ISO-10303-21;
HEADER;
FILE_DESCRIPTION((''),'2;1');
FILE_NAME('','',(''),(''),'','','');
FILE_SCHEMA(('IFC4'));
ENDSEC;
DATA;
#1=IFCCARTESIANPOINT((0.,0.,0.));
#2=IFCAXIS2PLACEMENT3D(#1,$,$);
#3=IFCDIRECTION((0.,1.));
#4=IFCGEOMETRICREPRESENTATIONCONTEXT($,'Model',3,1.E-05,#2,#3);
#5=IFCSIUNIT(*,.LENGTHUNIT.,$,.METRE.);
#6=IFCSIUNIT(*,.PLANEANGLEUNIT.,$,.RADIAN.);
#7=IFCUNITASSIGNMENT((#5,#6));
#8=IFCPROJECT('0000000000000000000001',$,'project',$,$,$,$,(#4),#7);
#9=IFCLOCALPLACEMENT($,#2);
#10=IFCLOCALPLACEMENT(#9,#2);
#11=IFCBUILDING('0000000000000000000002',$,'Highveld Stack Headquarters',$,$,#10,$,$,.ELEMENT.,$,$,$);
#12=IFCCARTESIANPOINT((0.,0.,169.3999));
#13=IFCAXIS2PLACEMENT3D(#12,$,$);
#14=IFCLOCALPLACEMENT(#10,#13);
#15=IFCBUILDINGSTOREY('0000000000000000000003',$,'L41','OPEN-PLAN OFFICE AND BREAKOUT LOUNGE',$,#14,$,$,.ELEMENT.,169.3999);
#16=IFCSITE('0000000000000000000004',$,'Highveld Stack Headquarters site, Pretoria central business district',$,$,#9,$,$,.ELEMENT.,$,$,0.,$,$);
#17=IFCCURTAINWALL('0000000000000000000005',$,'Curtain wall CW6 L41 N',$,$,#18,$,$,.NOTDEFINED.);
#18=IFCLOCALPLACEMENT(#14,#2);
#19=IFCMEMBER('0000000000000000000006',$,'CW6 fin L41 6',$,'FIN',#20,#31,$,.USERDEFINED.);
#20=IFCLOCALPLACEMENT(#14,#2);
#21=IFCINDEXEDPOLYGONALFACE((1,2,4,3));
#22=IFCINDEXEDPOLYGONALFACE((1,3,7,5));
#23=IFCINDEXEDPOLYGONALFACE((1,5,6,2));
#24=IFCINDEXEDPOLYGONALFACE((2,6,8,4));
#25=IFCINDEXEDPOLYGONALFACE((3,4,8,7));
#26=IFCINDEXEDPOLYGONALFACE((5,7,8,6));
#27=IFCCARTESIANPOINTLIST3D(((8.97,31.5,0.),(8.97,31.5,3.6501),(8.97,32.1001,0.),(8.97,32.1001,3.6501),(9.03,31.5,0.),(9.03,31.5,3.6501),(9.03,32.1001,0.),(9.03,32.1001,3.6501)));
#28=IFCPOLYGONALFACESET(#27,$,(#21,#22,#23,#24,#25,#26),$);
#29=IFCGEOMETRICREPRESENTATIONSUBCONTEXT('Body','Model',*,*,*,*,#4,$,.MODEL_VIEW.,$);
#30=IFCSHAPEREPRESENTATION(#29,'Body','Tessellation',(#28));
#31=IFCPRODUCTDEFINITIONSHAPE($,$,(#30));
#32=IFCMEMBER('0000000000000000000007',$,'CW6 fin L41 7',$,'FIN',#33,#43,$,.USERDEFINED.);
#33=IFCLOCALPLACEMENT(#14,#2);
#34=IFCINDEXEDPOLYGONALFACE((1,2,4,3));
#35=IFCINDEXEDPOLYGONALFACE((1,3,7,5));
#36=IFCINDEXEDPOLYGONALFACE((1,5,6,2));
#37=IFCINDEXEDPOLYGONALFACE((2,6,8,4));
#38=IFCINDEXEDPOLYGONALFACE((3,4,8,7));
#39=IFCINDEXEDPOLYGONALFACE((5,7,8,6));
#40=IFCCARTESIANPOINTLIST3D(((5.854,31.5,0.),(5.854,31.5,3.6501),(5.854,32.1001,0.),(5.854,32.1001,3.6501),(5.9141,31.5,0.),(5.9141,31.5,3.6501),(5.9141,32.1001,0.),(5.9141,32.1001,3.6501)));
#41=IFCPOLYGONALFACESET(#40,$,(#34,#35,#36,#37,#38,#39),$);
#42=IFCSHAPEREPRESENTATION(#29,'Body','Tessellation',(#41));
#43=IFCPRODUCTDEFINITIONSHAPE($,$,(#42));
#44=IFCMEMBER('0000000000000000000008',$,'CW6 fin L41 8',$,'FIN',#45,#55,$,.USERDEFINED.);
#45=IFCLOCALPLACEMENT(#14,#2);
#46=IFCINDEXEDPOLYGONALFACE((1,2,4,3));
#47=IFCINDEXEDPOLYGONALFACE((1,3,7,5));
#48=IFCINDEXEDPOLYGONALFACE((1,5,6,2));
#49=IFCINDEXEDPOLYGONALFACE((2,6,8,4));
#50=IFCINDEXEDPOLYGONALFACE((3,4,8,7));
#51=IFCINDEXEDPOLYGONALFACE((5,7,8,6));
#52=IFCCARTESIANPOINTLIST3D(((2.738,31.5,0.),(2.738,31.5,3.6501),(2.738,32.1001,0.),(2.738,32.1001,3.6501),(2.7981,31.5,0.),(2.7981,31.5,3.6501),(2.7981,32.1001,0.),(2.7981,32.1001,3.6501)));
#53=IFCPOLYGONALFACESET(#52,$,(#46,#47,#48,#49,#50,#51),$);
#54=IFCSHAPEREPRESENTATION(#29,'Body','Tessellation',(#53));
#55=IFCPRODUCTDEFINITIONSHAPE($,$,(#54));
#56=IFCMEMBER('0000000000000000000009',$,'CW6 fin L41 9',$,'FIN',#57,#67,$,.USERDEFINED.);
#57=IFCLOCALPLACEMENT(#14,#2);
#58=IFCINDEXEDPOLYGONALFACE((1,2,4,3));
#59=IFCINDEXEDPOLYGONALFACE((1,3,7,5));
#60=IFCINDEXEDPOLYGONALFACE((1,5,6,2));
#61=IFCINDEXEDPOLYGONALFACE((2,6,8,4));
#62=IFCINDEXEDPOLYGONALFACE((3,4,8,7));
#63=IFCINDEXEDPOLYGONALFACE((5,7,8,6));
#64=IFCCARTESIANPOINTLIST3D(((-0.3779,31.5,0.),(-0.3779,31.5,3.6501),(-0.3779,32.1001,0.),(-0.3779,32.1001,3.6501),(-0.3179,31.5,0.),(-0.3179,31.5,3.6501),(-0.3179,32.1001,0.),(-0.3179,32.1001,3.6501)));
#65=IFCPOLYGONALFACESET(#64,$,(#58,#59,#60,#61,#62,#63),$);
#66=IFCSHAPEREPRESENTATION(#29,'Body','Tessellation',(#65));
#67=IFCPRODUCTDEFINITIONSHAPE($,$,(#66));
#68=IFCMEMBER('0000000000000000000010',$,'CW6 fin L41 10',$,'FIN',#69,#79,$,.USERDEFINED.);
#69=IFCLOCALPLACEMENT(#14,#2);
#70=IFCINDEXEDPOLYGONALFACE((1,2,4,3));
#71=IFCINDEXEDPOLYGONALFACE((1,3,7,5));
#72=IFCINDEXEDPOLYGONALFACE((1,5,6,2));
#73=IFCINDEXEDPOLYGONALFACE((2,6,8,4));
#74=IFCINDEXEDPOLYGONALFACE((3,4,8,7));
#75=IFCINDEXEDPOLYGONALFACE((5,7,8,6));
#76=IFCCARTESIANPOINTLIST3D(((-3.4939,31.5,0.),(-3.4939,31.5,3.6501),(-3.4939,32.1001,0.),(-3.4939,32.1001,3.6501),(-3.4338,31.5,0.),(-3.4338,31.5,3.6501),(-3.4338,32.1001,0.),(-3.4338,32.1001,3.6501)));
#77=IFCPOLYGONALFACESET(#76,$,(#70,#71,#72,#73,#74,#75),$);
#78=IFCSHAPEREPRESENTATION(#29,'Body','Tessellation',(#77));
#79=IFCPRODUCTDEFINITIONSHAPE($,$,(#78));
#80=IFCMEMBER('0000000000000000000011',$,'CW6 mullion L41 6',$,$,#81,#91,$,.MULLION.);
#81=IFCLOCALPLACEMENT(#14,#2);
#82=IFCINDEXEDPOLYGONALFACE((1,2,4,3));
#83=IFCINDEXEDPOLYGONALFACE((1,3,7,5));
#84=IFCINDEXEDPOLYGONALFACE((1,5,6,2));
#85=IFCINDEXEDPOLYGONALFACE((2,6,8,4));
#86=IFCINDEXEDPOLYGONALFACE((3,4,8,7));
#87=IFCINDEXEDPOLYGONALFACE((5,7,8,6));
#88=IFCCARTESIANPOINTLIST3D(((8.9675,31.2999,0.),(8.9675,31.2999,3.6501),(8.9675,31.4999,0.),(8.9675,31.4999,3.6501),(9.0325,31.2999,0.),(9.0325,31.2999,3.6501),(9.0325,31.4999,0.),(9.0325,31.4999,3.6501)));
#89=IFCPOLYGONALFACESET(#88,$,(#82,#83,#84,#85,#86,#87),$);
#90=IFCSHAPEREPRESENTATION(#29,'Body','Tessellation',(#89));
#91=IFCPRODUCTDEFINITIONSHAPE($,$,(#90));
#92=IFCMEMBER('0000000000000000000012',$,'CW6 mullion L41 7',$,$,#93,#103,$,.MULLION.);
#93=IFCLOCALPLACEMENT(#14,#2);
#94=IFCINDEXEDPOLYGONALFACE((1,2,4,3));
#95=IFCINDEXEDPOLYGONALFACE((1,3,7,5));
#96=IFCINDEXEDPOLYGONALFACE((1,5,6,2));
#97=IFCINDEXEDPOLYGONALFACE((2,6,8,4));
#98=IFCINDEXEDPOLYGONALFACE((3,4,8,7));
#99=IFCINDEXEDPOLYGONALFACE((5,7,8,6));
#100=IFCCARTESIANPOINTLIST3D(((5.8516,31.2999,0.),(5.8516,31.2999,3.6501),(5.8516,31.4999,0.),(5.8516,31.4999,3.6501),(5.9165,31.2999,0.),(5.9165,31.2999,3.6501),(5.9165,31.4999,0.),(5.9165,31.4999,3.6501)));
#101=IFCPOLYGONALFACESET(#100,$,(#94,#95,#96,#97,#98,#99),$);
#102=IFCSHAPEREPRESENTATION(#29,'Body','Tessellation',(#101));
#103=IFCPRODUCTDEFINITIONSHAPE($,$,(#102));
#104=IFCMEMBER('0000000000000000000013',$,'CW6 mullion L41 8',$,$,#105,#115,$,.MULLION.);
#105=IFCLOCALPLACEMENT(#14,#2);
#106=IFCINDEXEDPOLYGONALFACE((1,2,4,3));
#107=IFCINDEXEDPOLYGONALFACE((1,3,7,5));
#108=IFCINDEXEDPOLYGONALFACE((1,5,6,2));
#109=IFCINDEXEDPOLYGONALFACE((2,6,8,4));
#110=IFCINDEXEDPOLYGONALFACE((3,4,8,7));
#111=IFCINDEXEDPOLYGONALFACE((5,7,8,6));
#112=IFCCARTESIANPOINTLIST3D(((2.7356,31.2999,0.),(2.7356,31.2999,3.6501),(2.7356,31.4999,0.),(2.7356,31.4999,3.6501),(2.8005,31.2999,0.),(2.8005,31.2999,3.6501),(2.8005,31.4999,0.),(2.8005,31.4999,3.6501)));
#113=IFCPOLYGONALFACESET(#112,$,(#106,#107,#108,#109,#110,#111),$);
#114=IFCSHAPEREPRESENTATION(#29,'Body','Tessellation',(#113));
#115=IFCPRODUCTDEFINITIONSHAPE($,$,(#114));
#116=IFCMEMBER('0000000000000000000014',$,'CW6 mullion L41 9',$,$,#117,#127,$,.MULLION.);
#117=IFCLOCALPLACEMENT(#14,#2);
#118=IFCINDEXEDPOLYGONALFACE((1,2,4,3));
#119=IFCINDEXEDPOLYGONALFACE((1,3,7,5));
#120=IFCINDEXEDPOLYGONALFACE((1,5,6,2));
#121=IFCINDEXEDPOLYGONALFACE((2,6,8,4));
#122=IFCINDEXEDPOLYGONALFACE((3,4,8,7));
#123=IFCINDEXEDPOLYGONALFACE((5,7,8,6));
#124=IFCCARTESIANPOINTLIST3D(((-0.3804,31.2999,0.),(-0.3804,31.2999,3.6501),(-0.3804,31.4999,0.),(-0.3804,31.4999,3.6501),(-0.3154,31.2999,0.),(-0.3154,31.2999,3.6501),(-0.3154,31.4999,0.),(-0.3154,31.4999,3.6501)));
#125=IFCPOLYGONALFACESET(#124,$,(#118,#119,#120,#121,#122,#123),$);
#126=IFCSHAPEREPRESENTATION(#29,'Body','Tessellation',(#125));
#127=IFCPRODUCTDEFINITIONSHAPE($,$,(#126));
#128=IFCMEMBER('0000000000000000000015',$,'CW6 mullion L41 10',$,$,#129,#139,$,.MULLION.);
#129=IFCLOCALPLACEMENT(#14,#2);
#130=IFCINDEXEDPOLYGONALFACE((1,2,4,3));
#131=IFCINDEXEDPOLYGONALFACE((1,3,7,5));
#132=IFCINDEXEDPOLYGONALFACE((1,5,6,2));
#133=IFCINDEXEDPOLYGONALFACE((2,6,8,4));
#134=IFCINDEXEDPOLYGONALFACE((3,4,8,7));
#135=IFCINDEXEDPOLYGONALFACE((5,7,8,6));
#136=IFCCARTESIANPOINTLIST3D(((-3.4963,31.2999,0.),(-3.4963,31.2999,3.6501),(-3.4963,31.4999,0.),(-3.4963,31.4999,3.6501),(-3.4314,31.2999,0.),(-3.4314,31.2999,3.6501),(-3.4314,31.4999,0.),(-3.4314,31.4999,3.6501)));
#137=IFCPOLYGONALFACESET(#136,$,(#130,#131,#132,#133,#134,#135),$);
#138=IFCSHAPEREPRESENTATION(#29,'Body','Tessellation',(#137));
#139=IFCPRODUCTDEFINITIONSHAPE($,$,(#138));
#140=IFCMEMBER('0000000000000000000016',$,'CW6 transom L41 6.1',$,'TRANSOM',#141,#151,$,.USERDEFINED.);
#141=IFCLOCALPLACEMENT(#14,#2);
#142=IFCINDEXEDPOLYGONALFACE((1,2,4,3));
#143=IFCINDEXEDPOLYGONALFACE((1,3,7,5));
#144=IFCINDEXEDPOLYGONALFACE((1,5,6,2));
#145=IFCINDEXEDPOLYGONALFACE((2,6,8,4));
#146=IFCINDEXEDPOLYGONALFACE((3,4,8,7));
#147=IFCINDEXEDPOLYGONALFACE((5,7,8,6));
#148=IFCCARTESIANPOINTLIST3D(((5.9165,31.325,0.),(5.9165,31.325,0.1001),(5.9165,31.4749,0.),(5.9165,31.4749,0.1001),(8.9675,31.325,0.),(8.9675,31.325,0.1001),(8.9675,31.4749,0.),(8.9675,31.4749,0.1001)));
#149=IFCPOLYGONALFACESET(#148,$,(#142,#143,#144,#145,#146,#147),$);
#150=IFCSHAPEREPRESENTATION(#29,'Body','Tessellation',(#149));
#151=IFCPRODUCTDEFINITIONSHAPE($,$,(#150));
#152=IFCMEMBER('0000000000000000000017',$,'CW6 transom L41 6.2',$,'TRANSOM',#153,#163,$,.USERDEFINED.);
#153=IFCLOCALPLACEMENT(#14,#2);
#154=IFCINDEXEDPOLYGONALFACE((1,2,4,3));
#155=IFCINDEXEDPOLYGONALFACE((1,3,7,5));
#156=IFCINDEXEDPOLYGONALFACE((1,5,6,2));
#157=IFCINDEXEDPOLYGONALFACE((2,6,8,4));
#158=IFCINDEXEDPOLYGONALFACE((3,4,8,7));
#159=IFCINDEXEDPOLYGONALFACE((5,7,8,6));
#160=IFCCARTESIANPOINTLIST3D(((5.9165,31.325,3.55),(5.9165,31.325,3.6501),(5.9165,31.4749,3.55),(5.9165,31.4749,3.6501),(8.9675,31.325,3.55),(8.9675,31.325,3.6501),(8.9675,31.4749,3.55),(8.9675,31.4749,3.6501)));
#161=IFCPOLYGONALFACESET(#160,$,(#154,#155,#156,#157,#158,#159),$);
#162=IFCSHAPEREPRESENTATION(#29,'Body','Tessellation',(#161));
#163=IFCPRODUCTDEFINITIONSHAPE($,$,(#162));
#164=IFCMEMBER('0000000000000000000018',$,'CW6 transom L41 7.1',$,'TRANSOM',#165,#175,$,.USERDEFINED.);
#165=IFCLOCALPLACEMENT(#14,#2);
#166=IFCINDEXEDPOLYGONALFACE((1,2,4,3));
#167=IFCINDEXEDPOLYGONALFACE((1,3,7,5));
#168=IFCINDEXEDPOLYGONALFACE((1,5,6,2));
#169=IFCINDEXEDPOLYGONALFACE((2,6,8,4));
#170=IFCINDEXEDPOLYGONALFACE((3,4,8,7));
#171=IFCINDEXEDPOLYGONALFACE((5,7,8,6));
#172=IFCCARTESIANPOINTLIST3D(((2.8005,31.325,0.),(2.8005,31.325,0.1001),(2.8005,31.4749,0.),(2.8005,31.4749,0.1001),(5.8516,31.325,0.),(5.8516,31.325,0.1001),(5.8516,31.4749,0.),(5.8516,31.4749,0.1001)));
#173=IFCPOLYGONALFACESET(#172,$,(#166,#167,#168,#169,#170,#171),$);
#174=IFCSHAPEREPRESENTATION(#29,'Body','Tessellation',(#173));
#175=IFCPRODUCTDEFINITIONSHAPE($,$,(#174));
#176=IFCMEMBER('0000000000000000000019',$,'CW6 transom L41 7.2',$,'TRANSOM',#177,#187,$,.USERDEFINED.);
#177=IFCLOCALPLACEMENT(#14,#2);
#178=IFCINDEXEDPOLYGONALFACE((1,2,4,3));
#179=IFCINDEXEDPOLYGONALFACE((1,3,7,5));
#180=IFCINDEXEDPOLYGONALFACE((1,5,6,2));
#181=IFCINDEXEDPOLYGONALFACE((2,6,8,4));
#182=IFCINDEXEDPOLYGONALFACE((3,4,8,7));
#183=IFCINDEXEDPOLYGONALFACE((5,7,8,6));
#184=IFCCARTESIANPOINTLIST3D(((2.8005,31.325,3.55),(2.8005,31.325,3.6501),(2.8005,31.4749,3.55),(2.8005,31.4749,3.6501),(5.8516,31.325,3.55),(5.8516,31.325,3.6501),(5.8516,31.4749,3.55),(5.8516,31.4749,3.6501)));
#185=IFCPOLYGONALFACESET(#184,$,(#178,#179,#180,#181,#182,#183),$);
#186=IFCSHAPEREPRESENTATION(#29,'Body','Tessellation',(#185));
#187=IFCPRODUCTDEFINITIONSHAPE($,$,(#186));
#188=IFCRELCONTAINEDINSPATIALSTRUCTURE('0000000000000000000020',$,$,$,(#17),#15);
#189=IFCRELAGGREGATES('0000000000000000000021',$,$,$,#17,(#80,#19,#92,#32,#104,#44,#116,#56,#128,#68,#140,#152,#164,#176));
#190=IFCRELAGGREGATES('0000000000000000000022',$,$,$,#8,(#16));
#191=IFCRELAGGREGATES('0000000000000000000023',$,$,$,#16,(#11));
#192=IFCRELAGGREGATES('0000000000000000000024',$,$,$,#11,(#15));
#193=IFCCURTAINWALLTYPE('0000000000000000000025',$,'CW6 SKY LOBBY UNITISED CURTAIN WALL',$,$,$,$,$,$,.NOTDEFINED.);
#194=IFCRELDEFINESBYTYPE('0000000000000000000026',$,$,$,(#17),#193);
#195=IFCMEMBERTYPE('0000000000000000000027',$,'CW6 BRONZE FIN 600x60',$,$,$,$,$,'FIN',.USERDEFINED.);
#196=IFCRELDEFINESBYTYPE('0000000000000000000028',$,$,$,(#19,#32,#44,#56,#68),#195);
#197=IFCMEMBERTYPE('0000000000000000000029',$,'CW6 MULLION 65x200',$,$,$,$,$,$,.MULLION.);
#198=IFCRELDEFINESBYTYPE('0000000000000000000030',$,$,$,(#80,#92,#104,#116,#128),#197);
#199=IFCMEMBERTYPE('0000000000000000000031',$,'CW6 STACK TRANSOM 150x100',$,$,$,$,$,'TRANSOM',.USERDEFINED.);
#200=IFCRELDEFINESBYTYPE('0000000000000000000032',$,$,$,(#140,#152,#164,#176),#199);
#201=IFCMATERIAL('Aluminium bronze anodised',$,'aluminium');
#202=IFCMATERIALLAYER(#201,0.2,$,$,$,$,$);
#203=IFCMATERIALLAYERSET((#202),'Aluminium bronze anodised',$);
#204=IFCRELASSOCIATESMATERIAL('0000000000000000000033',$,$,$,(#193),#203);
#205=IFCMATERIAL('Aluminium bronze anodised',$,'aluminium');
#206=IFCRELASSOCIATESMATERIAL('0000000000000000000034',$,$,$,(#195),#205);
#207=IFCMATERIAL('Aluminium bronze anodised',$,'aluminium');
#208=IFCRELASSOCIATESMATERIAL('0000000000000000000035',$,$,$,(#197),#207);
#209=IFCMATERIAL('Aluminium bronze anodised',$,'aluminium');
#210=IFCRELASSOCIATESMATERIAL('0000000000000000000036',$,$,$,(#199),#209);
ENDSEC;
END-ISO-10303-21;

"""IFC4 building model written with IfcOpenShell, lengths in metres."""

from ifc_helpers import new_model, si_unit, direction, frame, origin, origin_2d, place, context, subcontext, project, spatial, rectangle, extrude, material, layer, layer_set, material_profile, profile_set, type_object, element, aggregate, save


model = new_model("IFC4")

# Units and contexts
model_context = context("Model", 3, precision=1e-05, world=origin(), true_north=direction((0.0, 1.0)))
body_context = subcontext(model_context, "Body", "Model", "MODEL_VIEW")
ifc_project = project(units=[si_unit("LENGTHUNIT", "METRE"), si_unit("PLANEANGLEUNIT", "RADIAN")], contexts=[model_context])

# Site, building, storey
site_placement = place(None, origin())
site = spatial("IfcSite", under=ifc_project, at=site_placement, Name="Highveld Stack Headquarters site, Pretoria central business district", CompositionType="ELEMENT", RefElevation=0.0)
building_placement = place(site_placement, origin())
building = spatial("IfcBuilding", under=site, at=building_placement, Name="Highveld Stack Headquarters", CompositionType="ELEMENT")
storey_placement = place(building_placement, frame((0.0, 0.0, 169.3999)))
storey = spatial("IfcBuildingStorey", under=building, at=storey_placement, Name="L41", Description="OPEN-PLAN OFFICE AND BREAKOUT LOUNGE", CompositionType="ELEMENT", Elevation=169.3999)

# Curtain wall, members
ifc_material_1 = material(Name="Aluminium bronze anodised", Category="aluminium")
ifc_layer_1 = layer(ifc_material_1, 0.2)
ifc_layer_set_1 = layer_set([ifc_layer_1], Name="Aluminium bronze anodised")
curtain_wall_type = type_object("IfcCurtainWallType", Name="CW6 SKY LOBBY UNITISED CURTAIN WALL", PredefinedType="NOTDEFINED", material=ifc_layer_set_1)
curtain_wall_placement = place(storey_placement, origin())
curtain_wall = element("IfcCurtainWall", 1, at=curtain_wall_placement, inside=storey, type_object=curtain_wall_type, Name="Curtain wall CW6 L41 N", PredefinedType="NOTDEFINED")
ifc_material_2 = material(Name="Aluminium bronze anodised", Category="aluminium")
ifc_material_profile_1 = material_profile(ifc_material_2, rectangle(XDim=0.6001, YDim=0.0601, at=origin_2d()), Name="FIN 600x60")
ifc_profile_set_1 = profile_set([ifc_material_profile_1], Name="Aluminium bronze anodised")
member_type_1 = type_object("IfcMemberType", Name="CW6 BRONZE FIN 600x60", ElementType="FIN", PredefinedType="USERDEFINED", material=ifc_profile_set_1)
member_1_placement = place(storey_placement, frame((9.0, 31.8, 0.0), z_axis=(0.0, 0.0, 1.0), x_axis=(0.0, -1.0, 0.0)))
member_1 = element("IfcMember", 2, at=member_1_placement, type_object=member_type_1, Name="CW6 fin L41 6", ObjectType="FIN", PredefinedType="USERDEFINED", context=body_context, shape_type="SweptSolid", body=[
    extrude(rectangle(XDim=0.6001, YDim=0.0601, at=origin_2d()), origin(), (0.0, 0.0, 1.0), 3.6501),
])
member_2_placement = place(storey_placement, frame((5.884, 31.8, 0.0), z_axis=(0.0, 0.0, 1.0), x_axis=(0.0, -1.0, 0.0)))
member_2 = element("IfcMember", 3, at=member_2_placement, type_object=member_type_1, Name="CW6 fin L41 7", ObjectType="FIN", PredefinedType="USERDEFINED", context=body_context, shape_type="SweptSolid", body=[
    extrude(rectangle(XDim=0.6001, YDim=0.0601, at=origin_2d()), origin(), (0.0, 0.0, 1.0), 3.6501),
])
member_3_placement = place(storey_placement, frame((2.7681, 31.8, 0.0), z_axis=(0.0, 0.0, 1.0), x_axis=(0.0, -1.0, 0.0)))
member_3 = element("IfcMember", 4, at=member_3_placement, type_object=member_type_1, Name="CW6 fin L41 8", ObjectType="FIN", PredefinedType="USERDEFINED", context=body_context, shape_type="SweptSolid", body=[
    extrude(rectangle(XDim=0.6001, YDim=0.0601, at=origin_2d()), origin(), (0.0, 0.0, 1.0), 3.6501),
])
member_4_placement = place(storey_placement, frame((-0.3479, 31.8, 0.0), z_axis=(0.0, 0.0, 1.0), x_axis=(0.0, -1.0, 0.0)))
member_4 = element("IfcMember", 5, at=member_4_placement, type_object=member_type_1, Name="CW6 fin L41 9", ObjectType="FIN", PredefinedType="USERDEFINED", context=body_context, shape_type="SweptSolid", body=[
    extrude(rectangle(XDim=0.6001, YDim=0.0601, at=origin_2d()), origin(), (0.0, 0.0, 1.0), 3.6501),
])
member_5_placement = place(storey_placement, frame((-3.4639, 31.8, 0.0), z_axis=(0.0, 0.0, 1.0), x_axis=(0.0, -1.0, 0.0)))
member_5 = element("IfcMember", 6, at=member_5_placement, type_object=member_type_1, Name="CW6 fin L41 10", ObjectType="FIN", PredefinedType="USERDEFINED", context=body_context, shape_type="SweptSolid", body=[
    extrude(rectangle(XDim=0.6001, YDim=0.0601, at=origin_2d()), origin(), (0.0, 0.0, 1.0), 3.6501),
])
ifc_material_3 = material(Name="Aluminium bronze anodised", Category="aluminium")
ifc_material_profile_2 = material_profile(ifc_material_3, rectangle(XDim=0.2, YDim=0.0649, at=origin_2d()), Name="CW6 MULLION 65x200")
ifc_profile_set_2 = profile_set([ifc_material_profile_2], Name="Aluminium bronze anodised")
member_type_2 = type_object("IfcMemberType", Name="CW6 MULLION 65x200", PredefinedType="MULLION", material=ifc_profile_set_2)
member_6_placement = place(storey_placement, frame((9.0, 31.3999, 0.0), z_axis=(0.0, 0.0, 1.0), x_axis=(0.0, -1.0, 0.0)))
member_6 = element("IfcMember", 7, at=member_6_placement, type_object=member_type_2, Name="CW6 mullion L41 6", PredefinedType="MULLION", context=body_context, shape_type="SweptSolid", body=[
    extrude(rectangle(XDim=0.2, YDim=0.0649, at=origin_2d()), origin(), (0.0, 0.0, 1.0), 3.6501),
])
member_7_placement = place(storey_placement, frame((5.884, 31.3999, 0.0), z_axis=(0.0, 0.0, 1.0), x_axis=(0.0, -1.0, 0.0)))
member_7 = element("IfcMember", 8, at=member_7_placement, type_object=member_type_2, Name="CW6 mullion L41 7", PredefinedType="MULLION", context=body_context, shape_type="SweptSolid", body=[
    extrude(rectangle(XDim=0.2, YDim=0.0649, at=origin_2d()), origin(), (0.0, 0.0, 1.0), 3.6501),
])
member_8_placement = place(storey_placement, frame((2.7681, 31.3999, 0.0), z_axis=(0.0, 0.0, 1.0), x_axis=(0.0, -1.0, 0.0)))
member_8 = element("IfcMember", 9, at=member_8_placement, type_object=member_type_2, Name="CW6 mullion L41 8", PredefinedType="MULLION", context=body_context, shape_type="SweptSolid", body=[
    extrude(rectangle(XDim=0.2, YDim=0.0649, at=origin_2d()), origin(), (0.0, 0.0, 1.0), 3.6501),
])
member_9_placement = place(storey_placement, frame((-0.3479, 31.3999, 0.0), z_axis=(0.0, 0.0, 1.0), x_axis=(0.0, -1.0, 0.0)))
member_9 = element("IfcMember", 10, at=member_9_placement, type_object=member_type_2, Name="CW6 mullion L41 9", PredefinedType="MULLION", context=body_context, shape_type="SweptSolid", body=[
    extrude(rectangle(XDim=0.2, YDim=0.0649, at=origin_2d()), origin(), (0.0, 0.0, 1.0), 3.6501),
])
member_10_placement = place(storey_placement, frame((-3.4639, 31.3999, 0.0), z_axis=(0.0, 0.0, 1.0), x_axis=(0.0, -1.0, 0.0)))
member_10 = element("IfcMember", 11, at=member_10_placement, type_object=member_type_2, Name="CW6 mullion L41 10", PredefinedType="MULLION", context=body_context, shape_type="SweptSolid", body=[
    extrude(rectangle(XDim=0.2, YDim=0.0649, at=origin_2d()), origin(), (0.0, 0.0, 1.0), 3.6501),
])
ifc_material_4 = material(Name="Aluminium bronze anodised", Category="aluminium")
ifc_material_profile_3 = material_profile(ifc_material_4, rectangle(XDim=0.1499, YDim=0.1001, at=origin_2d()), Name="CW6 TRANSOM 150x100")
ifc_profile_set_3 = profile_set([ifc_material_profile_3], Name="Aluminium bronze anodised")
member_type_3 = type_object("IfcMemberType", Name="CW6 STACK TRANSOM 150x100", ElementType="TRANSOM", PredefinedType="USERDEFINED", material=ifc_profile_set_3)
member_11_placement = place(storey_placement, frame((8.9675, 31.3999, 0.05), z_axis=(-1.0, 0.0, 0.0), x_axis=(0.0, -1.0, 0.0)))
member_11 = element("IfcMember", 12, at=member_11_placement, type_object=member_type_3, Name="CW6 transom L41 6.1", ObjectType="TRANSOM", PredefinedType="USERDEFINED", context=body_context, shape_type="SweptSolid", body=[
    extrude(rectangle(XDim=0.1499, YDim=0.1001, at=origin_2d()), origin(), (0.0, 0.0, 1.0), 3.051),
])
member_12_placement = place(storey_placement, frame((8.9675, 31.3999, 3.6001), z_axis=(-1.0, 0.0, 0.0), x_axis=(0.0, -1.0, 0.0)))
member_12 = element("IfcMember", 13, at=member_12_placement, type_object=member_type_3, Name="CW6 transom L41 6.2", ObjectType="TRANSOM", PredefinedType="USERDEFINED", context=body_context, shape_type="SweptSolid", body=[
    extrude(rectangle(XDim=0.1499, YDim=0.1001, at=origin_2d()), origin(), (0.0, 0.0, 1.0), 3.051),
])
member_13_placement = place(storey_placement, frame((5.8516, 31.3999, 0.05), z_axis=(-1.0, 0.0, 0.0), x_axis=(0.0, -1.0, 0.0)))
member_13 = element("IfcMember", 14, at=member_13_placement, type_object=member_type_3, Name="CW6 transom L41 7.1", ObjectType="TRANSOM", PredefinedType="USERDEFINED", context=body_context, shape_type="SweptSolid", body=[
    extrude(rectangle(XDim=0.1499, YDim=0.1001, at=origin_2d()), origin(), (0.0, 0.0, 1.0), 3.051),
])
member_14_placement = place(storey_placement, frame((5.8516, 31.3999, 3.6001), z_axis=(-1.0, 0.0, 0.0), x_axis=(0.0, -1.0, 0.0)))
member_14 = element("IfcMember", 15, at=member_14_placement, type_object=member_type_3, Name="CW6 transom L41 7.2", ObjectType="TRANSOM", PredefinedType="USERDEFINED", context=body_context, shape_type="SweptSolid", body=[
    extrude(rectangle(XDim=0.1499, YDim=0.1001, at=origin_2d()), origin(), (0.0, 0.0, 1.0), 3.051),
])
aggregate(curtain_wall, [member_6, member_1, member_7, member_2, member_8, member_3, member_9, member_4, member_10, member_5, member_11, member_12, member_13, member_14])

save(model, "model.ifc")
